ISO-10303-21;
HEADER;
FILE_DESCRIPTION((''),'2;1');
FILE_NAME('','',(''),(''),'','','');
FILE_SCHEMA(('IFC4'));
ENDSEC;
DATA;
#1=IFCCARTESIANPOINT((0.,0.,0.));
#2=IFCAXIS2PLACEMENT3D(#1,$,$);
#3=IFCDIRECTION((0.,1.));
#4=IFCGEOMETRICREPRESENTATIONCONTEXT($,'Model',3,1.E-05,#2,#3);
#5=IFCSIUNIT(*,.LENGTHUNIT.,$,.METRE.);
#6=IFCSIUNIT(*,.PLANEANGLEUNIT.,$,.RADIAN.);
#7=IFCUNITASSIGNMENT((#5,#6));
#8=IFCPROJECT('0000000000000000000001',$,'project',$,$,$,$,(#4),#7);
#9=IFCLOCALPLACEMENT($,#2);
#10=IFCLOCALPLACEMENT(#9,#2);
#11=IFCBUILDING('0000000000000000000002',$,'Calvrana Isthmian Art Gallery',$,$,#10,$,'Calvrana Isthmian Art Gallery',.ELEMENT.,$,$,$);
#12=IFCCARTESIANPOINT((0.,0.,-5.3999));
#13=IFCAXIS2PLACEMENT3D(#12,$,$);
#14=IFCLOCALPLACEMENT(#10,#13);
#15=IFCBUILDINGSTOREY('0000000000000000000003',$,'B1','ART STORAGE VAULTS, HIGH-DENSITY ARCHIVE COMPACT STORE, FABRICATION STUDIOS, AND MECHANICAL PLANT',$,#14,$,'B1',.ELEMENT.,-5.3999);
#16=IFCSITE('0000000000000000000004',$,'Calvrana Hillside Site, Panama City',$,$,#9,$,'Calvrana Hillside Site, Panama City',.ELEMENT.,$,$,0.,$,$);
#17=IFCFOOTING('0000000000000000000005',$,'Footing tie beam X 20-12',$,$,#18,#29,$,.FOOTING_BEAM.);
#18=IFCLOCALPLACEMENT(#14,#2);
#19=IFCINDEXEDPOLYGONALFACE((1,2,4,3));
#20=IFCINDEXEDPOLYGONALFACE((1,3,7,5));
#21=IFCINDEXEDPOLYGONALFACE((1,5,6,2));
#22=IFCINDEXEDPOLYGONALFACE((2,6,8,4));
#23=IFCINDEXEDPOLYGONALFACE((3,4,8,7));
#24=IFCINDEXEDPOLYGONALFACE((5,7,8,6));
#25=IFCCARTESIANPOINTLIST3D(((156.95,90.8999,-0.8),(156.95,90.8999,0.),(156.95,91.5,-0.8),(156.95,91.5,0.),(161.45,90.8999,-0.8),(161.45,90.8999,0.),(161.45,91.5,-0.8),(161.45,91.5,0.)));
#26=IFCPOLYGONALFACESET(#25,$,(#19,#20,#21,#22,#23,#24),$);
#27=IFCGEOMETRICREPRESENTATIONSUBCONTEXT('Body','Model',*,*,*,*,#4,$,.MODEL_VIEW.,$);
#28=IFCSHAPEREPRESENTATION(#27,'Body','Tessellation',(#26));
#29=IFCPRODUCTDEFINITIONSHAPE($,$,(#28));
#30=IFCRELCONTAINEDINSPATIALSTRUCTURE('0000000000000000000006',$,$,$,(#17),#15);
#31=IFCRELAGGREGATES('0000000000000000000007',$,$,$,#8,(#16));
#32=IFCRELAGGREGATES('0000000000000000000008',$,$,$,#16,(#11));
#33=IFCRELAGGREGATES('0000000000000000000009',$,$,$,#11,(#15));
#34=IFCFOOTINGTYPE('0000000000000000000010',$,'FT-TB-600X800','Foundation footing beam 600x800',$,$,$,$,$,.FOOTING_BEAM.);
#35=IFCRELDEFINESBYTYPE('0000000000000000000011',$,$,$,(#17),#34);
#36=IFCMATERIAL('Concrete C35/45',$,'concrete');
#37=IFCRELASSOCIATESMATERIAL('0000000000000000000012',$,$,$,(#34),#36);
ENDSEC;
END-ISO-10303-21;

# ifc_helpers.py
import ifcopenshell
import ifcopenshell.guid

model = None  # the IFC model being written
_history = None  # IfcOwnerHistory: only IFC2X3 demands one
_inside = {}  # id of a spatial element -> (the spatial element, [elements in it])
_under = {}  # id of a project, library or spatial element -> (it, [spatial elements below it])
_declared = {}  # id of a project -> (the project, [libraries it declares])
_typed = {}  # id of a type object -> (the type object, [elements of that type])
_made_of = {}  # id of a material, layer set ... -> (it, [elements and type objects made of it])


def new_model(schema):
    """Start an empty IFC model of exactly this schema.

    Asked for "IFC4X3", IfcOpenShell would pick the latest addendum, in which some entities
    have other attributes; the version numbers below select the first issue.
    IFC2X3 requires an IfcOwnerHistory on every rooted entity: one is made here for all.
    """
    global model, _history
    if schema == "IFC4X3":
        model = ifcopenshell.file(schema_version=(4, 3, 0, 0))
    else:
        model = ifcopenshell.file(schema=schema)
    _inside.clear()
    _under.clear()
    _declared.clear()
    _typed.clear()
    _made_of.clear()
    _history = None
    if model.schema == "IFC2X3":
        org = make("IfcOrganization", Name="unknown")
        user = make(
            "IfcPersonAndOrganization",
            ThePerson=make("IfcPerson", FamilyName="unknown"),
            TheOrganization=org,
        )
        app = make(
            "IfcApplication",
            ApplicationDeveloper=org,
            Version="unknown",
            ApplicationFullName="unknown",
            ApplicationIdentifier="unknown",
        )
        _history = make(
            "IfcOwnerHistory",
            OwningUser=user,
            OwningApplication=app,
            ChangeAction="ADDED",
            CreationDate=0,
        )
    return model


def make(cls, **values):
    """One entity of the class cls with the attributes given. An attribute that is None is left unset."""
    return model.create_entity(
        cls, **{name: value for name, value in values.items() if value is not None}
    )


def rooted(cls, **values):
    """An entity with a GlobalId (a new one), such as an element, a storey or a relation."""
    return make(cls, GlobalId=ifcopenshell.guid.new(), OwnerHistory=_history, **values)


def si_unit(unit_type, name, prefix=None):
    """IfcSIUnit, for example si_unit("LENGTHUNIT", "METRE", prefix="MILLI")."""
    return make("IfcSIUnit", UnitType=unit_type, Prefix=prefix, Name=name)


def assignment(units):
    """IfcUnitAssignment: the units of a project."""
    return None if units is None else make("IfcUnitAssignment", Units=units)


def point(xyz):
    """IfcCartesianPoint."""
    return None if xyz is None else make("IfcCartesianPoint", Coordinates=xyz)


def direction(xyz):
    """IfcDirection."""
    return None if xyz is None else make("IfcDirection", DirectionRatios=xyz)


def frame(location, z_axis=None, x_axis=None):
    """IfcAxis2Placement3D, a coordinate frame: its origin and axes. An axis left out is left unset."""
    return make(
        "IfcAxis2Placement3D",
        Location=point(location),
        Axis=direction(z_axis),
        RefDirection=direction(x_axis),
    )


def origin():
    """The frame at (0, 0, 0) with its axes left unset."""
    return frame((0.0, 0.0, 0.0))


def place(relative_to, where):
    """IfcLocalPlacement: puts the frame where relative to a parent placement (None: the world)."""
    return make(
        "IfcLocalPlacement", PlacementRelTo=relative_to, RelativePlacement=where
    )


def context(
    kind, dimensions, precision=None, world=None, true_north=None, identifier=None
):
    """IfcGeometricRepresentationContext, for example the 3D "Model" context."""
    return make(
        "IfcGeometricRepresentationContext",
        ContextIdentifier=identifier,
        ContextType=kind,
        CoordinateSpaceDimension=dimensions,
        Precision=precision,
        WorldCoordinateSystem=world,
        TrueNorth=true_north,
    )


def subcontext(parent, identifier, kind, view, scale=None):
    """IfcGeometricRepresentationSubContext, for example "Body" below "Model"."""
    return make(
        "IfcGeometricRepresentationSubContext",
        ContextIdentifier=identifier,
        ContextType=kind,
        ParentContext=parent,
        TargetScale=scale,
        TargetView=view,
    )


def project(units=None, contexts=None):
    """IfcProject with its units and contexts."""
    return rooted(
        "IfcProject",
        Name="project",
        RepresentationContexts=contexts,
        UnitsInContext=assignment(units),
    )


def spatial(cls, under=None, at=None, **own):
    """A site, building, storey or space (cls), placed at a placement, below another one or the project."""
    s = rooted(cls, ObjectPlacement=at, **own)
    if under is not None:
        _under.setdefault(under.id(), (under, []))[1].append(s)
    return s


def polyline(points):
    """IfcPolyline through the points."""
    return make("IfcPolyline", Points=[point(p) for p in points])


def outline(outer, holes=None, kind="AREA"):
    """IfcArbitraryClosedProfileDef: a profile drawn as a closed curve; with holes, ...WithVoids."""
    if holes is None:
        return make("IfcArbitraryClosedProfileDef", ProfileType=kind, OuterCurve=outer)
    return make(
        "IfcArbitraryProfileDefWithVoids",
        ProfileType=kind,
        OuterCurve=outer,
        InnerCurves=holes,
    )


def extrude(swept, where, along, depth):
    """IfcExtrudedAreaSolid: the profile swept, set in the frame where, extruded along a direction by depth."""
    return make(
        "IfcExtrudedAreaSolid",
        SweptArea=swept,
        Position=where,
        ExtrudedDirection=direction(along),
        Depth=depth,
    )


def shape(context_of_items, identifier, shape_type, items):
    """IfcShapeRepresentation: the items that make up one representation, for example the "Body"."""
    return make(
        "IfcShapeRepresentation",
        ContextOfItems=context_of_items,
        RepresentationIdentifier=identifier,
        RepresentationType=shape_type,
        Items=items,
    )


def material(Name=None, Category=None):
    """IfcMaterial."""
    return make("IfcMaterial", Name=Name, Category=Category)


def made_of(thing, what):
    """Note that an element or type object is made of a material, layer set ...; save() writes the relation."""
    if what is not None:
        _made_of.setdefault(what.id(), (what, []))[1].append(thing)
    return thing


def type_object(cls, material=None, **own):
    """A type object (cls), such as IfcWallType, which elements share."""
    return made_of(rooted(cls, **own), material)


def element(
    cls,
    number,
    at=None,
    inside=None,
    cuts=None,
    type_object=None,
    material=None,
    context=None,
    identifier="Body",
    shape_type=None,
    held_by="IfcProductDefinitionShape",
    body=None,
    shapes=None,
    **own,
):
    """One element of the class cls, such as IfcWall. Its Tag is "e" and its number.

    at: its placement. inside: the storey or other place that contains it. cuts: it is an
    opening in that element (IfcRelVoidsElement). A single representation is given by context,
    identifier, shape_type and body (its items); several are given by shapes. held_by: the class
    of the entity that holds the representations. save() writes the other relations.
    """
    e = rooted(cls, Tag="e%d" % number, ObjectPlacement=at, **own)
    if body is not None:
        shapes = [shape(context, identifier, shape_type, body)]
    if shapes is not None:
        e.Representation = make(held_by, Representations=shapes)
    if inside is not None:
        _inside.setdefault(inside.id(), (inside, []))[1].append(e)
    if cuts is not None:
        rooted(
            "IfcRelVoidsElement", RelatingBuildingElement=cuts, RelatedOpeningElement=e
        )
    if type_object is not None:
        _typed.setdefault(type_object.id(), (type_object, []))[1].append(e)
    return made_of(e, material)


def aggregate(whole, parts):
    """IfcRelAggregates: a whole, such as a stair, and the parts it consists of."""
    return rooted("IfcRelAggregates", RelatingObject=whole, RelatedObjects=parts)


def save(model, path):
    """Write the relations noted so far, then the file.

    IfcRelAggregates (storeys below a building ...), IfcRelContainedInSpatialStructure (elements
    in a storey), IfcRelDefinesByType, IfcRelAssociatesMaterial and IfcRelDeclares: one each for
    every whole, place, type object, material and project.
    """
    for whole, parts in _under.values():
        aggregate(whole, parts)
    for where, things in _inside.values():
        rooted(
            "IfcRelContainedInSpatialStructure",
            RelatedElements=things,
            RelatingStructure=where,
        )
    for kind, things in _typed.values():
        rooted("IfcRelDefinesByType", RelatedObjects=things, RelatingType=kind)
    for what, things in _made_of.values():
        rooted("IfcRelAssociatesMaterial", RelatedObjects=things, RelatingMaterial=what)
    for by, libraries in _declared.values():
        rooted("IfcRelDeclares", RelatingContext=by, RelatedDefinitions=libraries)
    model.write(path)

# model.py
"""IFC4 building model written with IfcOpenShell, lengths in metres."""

from ifc_helpers import new_model, si_unit, direction, frame, origin, place, context, subcontext, project, spatial, polyline, outline, extrude, material, type_object, element, save


model = new_model("IFC4")

# Units and contexts
model_context = context("Model", 3, precision=1e-05, world=origin(), true_north=direction((0.0, 1.0)))
body_context = subcontext(model_context, "Body", "Model", "MODEL_VIEW")
ifc_project = project(units=[si_unit("LENGTHUNIT", "METRE"), si_unit("PLANEANGLEUNIT", "RADIAN")], contexts=[model_context])

# Site, building, storey
site_placement = place(None, origin())
site = spatial("IfcSite", under=ifc_project, at=site_placement, Name="Calvrana Hillside Site, Panama City", LongName="Calvrana Hillside Site, Panama City", CompositionType="ELEMENT", RefElevation=0.0)
building_placement = place(site_placement, origin())
building = spatial("IfcBuilding", under=site, at=building_placement, Name="Calvrana Isthmian Art Gallery", LongName="Calvrana Isthmian Art Gallery", CompositionType="ELEMENT")
storey_placement = place(building_placement, frame((0.0, 0.0, -5.3999)))
storey = spatial("IfcBuildingStorey", under=building, at=storey_placement, Name="B1", Description="ART STORAGE VAULTS, HIGH-DENSITY ARCHIVE COMPACT STORE, FABRICATION STUDIOS, AND MECHANICAL PLANT", LongName="B1", CompositionType="ELEMENT", Elevation=-5.3999)

# Footing
ifc_material = material(Name="Concrete C35/45", Category="concrete")
footing_type_1 = type_object("IfcFootingType", Name="FT-TB-600X800", Description="Foundation footing beam 600x800", PredefinedType="FOOTING_BEAM", material=ifc_material)
footing_1_placement = place(storey_placement, frame((0.0, 0.0, -0.8)))
element("IfcFooting", 1, at=footing_1_placement, inside=storey, type_object=footing_type_1, Name="Footing tie beam X 20-12", PredefinedType="FOOTING_BEAM", context=body_context, shape_type="SweptSolid", body=[
    extrude(outline(polyline([(156.95, 90.8999), (161.45, 90.8999), (161.45, 91.5), (156.95, 91.5), (156.95, 90.8999)])), origin(), (0.0, 0.0, 1.0), 0.8),
])

save(model, "model.ifc")
